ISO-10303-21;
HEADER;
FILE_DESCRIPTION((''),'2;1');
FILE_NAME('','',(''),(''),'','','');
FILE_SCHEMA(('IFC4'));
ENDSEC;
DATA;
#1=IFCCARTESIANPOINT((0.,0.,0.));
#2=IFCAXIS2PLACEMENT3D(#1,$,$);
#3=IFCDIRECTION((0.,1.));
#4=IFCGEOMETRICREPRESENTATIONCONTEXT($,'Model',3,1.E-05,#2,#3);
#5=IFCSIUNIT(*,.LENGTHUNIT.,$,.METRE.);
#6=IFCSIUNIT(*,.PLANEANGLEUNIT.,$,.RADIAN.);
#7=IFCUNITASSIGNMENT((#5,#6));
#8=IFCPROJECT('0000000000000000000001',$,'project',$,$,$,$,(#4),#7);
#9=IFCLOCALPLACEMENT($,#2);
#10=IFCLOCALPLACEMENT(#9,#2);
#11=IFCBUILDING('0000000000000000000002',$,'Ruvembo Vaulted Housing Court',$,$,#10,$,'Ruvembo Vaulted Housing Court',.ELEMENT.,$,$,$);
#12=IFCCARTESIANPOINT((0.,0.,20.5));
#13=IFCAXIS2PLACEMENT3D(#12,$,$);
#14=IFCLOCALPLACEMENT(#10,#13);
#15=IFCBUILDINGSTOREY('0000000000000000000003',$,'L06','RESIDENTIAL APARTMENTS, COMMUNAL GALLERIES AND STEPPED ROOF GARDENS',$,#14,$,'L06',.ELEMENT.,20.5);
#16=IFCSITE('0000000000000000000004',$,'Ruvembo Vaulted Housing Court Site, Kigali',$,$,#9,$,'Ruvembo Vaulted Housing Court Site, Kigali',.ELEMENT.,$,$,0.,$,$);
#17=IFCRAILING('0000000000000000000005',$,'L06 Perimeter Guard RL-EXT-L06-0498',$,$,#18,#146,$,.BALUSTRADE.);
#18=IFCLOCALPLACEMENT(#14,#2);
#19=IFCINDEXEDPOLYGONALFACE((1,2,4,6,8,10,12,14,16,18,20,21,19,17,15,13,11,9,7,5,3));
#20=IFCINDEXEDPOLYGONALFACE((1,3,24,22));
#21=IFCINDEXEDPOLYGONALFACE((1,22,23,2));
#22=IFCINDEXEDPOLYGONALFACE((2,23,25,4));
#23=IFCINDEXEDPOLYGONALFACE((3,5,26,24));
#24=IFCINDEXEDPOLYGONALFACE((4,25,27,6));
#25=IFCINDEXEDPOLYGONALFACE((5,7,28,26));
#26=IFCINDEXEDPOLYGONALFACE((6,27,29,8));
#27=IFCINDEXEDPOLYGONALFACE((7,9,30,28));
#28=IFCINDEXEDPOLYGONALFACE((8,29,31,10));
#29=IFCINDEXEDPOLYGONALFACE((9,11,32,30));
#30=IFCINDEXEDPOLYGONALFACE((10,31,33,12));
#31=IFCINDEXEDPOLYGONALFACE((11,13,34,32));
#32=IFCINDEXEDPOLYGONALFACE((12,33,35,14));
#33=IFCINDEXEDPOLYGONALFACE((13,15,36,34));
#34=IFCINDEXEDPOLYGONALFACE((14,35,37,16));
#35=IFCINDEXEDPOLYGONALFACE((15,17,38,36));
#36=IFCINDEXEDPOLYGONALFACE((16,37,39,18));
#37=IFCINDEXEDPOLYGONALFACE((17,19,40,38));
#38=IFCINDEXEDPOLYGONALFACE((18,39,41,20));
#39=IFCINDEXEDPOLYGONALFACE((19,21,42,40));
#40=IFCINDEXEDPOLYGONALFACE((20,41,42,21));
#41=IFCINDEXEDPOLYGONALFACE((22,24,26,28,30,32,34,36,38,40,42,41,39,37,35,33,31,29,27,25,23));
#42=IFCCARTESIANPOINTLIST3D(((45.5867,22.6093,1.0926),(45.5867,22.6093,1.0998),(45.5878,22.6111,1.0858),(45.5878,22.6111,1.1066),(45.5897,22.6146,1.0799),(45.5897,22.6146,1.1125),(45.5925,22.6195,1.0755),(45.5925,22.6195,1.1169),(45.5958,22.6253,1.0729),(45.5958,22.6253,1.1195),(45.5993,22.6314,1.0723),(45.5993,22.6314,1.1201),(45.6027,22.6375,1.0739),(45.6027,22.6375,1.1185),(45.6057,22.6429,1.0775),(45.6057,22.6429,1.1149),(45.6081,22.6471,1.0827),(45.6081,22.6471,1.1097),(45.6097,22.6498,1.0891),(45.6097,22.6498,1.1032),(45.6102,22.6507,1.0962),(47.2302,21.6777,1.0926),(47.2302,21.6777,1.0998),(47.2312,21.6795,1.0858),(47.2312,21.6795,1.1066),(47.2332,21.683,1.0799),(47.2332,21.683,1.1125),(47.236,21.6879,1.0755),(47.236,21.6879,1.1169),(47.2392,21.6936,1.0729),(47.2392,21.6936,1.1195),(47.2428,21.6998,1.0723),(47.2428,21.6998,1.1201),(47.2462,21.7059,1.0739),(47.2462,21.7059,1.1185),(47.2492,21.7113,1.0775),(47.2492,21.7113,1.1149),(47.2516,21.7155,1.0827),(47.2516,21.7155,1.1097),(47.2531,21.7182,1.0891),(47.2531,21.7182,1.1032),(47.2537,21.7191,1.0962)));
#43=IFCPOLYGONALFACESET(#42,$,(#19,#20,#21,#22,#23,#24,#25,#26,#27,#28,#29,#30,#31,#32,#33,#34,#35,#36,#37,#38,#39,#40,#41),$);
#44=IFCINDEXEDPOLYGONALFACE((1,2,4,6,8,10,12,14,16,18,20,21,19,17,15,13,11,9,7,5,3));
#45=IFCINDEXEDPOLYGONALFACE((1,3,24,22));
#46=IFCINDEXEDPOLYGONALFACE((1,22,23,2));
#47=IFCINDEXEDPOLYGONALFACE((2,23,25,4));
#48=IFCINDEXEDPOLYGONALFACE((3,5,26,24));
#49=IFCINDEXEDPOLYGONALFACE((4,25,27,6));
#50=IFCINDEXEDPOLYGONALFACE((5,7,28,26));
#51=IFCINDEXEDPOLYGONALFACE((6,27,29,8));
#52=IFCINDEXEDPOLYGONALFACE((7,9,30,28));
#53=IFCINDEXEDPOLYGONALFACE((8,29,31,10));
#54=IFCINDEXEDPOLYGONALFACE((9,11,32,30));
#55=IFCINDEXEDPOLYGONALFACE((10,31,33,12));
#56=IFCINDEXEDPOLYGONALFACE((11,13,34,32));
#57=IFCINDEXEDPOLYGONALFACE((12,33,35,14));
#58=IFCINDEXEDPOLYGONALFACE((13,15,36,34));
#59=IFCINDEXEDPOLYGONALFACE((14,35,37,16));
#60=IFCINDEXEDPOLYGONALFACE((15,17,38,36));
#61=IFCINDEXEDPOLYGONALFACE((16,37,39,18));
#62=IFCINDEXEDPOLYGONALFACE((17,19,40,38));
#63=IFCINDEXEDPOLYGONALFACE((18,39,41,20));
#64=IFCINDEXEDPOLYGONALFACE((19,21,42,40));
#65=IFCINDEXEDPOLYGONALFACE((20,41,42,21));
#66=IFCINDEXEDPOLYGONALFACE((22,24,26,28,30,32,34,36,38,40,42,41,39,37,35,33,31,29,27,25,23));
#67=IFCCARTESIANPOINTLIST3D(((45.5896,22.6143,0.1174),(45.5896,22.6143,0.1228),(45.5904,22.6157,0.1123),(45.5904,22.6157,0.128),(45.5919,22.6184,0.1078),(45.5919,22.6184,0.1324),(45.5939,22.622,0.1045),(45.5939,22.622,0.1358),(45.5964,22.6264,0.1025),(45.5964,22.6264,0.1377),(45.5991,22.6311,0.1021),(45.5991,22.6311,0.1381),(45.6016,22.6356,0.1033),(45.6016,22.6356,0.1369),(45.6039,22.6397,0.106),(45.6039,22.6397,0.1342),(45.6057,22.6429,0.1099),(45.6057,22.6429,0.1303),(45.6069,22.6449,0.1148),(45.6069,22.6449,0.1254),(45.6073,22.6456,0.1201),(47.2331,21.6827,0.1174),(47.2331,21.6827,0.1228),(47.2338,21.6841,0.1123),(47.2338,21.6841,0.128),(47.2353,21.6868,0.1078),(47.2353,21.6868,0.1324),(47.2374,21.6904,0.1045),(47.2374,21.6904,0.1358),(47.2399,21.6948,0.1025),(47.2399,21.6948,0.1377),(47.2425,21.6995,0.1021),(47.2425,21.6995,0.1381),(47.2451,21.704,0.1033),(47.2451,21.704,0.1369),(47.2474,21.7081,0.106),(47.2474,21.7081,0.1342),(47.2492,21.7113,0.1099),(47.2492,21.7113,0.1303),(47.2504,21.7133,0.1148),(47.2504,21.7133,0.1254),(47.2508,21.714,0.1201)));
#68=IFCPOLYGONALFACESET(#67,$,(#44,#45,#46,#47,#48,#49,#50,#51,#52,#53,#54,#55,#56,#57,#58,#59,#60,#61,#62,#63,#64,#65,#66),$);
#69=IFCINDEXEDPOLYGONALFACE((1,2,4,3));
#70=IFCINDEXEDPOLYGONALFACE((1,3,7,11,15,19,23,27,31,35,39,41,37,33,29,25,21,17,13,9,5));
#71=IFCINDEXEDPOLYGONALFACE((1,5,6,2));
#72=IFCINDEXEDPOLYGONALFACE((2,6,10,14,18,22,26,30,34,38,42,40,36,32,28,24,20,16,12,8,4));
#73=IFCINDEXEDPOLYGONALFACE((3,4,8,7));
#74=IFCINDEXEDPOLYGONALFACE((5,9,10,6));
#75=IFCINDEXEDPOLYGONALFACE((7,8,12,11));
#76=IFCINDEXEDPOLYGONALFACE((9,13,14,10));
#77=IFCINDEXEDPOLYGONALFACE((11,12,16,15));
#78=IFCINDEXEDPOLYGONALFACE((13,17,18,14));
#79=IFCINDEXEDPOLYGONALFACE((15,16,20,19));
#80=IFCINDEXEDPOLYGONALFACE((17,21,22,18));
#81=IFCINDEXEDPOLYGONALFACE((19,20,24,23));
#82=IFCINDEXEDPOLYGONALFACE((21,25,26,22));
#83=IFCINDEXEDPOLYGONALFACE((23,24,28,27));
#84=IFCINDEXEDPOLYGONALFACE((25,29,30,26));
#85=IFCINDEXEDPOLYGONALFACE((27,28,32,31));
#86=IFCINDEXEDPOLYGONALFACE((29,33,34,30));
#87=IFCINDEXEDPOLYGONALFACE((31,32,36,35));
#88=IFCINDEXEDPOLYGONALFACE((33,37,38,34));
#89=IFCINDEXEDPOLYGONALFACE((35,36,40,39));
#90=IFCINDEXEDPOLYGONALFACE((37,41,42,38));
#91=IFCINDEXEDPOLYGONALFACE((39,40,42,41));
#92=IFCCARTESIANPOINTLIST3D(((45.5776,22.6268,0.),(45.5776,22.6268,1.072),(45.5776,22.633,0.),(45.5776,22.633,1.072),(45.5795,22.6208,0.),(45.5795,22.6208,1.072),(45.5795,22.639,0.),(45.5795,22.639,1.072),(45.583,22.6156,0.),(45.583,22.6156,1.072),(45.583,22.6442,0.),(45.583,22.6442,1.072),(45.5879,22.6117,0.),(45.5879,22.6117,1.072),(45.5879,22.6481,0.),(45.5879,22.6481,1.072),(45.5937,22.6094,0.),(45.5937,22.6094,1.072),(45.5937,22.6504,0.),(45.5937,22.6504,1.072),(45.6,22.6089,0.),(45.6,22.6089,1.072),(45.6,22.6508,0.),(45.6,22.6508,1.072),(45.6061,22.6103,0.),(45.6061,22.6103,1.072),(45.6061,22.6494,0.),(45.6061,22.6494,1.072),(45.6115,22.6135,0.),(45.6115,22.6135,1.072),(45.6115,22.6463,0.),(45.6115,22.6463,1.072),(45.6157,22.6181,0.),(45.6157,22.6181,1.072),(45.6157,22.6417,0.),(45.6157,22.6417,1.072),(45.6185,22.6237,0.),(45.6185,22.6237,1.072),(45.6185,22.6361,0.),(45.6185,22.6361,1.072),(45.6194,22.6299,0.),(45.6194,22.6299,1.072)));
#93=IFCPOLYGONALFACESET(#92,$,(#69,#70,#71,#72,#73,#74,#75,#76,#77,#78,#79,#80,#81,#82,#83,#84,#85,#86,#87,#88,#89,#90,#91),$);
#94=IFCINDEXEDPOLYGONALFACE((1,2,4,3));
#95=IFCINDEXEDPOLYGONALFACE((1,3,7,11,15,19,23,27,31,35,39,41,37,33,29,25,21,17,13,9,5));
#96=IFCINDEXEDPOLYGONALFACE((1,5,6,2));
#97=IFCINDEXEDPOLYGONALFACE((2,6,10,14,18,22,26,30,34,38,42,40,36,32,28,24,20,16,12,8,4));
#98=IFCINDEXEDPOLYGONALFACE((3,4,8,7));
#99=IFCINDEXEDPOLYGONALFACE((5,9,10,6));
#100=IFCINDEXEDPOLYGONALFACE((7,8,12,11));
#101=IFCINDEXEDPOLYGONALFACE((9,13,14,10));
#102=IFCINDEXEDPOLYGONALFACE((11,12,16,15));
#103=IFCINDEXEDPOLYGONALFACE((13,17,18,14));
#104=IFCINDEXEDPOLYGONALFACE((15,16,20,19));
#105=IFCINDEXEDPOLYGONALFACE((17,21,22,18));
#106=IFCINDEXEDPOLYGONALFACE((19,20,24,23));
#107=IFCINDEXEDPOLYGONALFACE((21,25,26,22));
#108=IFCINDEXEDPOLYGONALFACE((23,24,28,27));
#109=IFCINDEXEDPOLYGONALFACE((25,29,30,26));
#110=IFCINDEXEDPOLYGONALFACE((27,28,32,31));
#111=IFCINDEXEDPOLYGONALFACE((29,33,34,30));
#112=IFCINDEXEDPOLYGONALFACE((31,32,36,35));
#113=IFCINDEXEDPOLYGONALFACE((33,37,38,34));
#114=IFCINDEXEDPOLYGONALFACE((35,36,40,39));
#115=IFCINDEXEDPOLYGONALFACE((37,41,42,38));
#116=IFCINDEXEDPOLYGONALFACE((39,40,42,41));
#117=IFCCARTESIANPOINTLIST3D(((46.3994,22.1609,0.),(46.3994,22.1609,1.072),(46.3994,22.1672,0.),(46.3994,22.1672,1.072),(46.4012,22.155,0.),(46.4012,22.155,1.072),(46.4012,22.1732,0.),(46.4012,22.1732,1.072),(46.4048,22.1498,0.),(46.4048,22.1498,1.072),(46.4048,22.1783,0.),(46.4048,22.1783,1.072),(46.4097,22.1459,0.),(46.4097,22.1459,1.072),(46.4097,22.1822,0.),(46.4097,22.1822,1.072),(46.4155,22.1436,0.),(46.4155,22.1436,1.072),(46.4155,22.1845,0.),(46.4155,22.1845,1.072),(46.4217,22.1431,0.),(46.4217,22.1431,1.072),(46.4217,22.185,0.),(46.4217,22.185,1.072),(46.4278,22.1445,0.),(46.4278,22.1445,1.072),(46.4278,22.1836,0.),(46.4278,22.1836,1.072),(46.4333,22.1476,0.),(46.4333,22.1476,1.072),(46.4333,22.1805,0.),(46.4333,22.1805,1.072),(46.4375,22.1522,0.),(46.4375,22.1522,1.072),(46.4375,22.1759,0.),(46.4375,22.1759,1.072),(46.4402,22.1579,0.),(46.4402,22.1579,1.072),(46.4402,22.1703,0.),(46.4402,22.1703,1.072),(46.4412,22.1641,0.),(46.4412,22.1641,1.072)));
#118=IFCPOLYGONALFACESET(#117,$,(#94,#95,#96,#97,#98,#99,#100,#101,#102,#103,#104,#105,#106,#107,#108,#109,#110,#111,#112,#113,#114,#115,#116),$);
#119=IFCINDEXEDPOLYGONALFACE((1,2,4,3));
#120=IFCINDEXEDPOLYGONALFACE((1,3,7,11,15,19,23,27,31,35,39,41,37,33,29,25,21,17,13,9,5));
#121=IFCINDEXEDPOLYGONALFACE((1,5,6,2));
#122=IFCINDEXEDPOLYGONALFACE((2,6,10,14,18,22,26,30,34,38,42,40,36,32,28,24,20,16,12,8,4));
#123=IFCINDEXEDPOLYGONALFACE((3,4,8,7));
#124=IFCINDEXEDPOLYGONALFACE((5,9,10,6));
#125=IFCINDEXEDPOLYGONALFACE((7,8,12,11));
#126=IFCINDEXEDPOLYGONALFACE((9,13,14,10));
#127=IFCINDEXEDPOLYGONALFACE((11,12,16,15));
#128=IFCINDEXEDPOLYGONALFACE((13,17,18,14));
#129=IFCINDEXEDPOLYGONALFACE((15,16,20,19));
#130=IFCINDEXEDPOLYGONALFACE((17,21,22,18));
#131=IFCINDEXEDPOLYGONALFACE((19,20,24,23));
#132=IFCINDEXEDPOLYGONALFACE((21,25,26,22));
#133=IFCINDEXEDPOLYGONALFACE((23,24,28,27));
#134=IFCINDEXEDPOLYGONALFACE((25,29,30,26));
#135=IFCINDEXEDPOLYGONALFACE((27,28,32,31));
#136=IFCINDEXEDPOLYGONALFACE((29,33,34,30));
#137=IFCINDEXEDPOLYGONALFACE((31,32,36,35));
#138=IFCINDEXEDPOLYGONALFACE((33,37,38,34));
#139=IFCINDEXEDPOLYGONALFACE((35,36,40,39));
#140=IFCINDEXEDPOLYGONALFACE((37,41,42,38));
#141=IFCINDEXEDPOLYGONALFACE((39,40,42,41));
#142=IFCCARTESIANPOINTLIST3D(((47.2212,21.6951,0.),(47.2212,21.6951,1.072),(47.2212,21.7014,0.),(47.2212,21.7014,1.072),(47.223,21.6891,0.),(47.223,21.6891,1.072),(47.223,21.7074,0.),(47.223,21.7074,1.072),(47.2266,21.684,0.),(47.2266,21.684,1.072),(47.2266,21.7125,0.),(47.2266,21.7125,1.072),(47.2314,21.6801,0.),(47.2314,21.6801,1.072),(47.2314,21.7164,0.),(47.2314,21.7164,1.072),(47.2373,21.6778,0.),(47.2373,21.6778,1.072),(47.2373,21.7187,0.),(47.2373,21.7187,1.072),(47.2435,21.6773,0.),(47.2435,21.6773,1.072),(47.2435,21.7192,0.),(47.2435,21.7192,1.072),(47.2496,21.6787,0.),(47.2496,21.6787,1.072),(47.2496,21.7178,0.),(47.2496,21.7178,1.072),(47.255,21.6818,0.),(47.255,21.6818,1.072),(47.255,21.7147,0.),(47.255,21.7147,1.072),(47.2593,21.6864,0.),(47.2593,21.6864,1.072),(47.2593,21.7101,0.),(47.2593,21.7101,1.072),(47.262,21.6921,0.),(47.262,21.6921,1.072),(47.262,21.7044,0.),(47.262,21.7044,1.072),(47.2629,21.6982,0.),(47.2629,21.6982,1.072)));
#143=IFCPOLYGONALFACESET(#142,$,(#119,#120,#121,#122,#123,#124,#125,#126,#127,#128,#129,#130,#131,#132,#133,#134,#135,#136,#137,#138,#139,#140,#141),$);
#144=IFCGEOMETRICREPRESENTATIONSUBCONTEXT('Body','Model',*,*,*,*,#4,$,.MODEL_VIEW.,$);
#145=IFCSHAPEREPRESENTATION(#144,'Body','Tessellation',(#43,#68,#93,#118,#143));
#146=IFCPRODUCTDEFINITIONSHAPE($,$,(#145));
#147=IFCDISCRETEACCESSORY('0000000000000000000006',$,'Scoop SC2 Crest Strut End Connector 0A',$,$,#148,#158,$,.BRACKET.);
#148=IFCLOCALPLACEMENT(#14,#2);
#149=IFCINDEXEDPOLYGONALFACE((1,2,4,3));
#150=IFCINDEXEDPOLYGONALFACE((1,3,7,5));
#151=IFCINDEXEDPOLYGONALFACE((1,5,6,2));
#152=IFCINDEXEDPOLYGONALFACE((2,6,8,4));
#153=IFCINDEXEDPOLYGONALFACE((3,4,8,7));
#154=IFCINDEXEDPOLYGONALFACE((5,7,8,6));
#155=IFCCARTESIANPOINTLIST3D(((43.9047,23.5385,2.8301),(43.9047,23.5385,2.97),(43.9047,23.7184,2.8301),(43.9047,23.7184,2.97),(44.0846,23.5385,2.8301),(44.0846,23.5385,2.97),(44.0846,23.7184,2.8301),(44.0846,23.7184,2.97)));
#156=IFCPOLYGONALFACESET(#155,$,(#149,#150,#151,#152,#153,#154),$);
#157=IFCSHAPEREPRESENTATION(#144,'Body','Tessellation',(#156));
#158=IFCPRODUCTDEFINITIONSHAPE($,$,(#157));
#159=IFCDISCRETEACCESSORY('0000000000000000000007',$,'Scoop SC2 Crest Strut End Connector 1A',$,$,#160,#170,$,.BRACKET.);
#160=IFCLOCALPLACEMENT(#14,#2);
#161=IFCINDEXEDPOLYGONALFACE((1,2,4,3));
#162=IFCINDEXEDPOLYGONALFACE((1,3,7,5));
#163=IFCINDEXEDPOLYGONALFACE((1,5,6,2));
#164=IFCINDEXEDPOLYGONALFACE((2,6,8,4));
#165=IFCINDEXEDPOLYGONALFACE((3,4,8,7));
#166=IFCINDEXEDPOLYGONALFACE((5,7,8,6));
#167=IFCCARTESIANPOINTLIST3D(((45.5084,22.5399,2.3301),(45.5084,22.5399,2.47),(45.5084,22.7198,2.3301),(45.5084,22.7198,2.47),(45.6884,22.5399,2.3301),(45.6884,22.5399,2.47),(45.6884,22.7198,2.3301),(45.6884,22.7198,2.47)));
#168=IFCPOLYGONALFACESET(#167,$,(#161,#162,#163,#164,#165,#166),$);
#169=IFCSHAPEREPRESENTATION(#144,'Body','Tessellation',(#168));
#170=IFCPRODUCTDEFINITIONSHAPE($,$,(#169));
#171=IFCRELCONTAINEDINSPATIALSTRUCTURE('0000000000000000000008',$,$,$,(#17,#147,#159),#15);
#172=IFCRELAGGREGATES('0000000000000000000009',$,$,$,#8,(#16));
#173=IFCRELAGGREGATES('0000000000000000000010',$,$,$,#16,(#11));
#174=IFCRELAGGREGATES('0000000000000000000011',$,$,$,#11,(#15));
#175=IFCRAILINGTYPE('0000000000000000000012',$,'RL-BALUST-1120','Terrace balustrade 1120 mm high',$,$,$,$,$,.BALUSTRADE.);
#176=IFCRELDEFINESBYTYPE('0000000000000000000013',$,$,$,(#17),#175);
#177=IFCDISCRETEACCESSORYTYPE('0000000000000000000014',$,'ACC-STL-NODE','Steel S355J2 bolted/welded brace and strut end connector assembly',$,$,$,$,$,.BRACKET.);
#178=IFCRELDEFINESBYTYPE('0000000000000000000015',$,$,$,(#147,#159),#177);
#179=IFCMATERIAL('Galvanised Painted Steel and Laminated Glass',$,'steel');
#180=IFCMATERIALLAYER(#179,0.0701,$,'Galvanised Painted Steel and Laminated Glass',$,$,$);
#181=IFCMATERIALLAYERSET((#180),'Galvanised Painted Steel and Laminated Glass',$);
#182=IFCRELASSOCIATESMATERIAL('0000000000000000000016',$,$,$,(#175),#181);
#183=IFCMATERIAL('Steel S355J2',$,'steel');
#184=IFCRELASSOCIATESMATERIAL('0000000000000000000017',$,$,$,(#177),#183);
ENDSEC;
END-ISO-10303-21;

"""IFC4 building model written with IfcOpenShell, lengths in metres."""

from ifc_helpers import new_model, si_unit, direction, frame, origin, origin_2d, place, context, subcontext, project, spatial, rectangle, circle, extrude, material, layer, layer_set, type_object, element, save


model = new_model("IFC4")

# Units and contexts
model_context = context("Model", 3, precision=1e-05, world=origin(), true_north=direction((0.0, 1.0)))
body_context = subcontext(model_context, "Body", "Model", "MODEL_VIEW")
ifc_project = project(units=[si_unit("LENGTHUNIT", "METRE"), si_unit("PLANEANGLEUNIT", "RADIAN")], contexts=[model_context])

# Site, building, storey
site_placement = place(None, origin())
site = spatial("IfcSite", under=ifc_project, at=site_placement, Name="Ruvembo Vaulted Housing Court Site, Kigali", LongName="Ruvembo Vaulted Housing Court Site, Kigali", CompositionType="ELEMENT", RefElevation=0.0)
building_placement = place(site_placement, origin())
building = spatial("IfcBuilding", under=site, at=building_placement, Name="Ruvembo Vaulted Housing Court", LongName="Ruvembo Vaulted Housing Court", CompositionType="ELEMENT")
storey_placement = place(building_placement, frame((0.0, 0.0, 20.5)))
storey = spatial("IfcBuildingStorey", under=building, at=storey_placement, Name="L06", Description="RESIDENTIAL APARTMENTS, COMMUNAL GALLERIES AND STEPPED ROOF GARDENS", LongName="L06", CompositionType="ELEMENT", Elevation=20.5)

# Shared definitions
ifc_material_1 = material(Name="Steel S355J2", Category="steel")

# Railing
ifc_material_2 = material(Name="Galvanised Painted Steel and Laminated Glass", Category="steel")
ifc_layer_1 = layer(ifc_material_2, 0.0701, Name="Galvanised Painted Steel and Laminated Glass")
ifc_layer_set_1 = layer_set([ifc_layer_1], Name="Galvanised Painted Steel and Laminated Glass")
railing_type = type_object("IfcRailingType", Name="RL-BALUST-1120", Description="Terrace balustrade 1120 mm high", PredefinedType="BALUSTRADE", material=ifc_layer_set_1)
railing_1_placement = place(storey_placement, frame((45.5984, 22.6299, 0.0)))
element("IfcRailing", 1, at=railing_1_placement, inside=storey, type_object=railing_type, Name="L06 Perimeter Guard RL-EXT-L06-0498", PredefinedType="BALUSTRADE", context=body_context, shape_type="SweptSolid", body=[
    extrude(circle(Radius=0.0239, at=origin_2d()), frame((0.0, 0.0, 1.0962), z_axis=(0.869956, -0.49313, 0.0), x_axis=(0.49313, 0.869956, 0.0)), (0.0, 0.0, 1.0), 1.8892),
    extrude(circle(Radius=0.0181, at=origin_2d()), frame((0.0, 0.0, 0.1201), z_axis=(0.869956, -0.49313, 0.0), x_axis=(0.49313, 0.869956, 0.0)), (0.0, 0.0, 1.0), 1.8892),
    extrude(circle(Radius=0.021, at=origin_2d()), origin(), (0.0, 0.0, 1.0), 1.072),
    extrude(circle(Radius=0.021, at=origin_2d()), frame((0.8218, -0.4658, 0.0)), (0.0, 0.0, 1.0), 1.072),
    extrude(circle(Radius=0.021, at=origin_2d()), frame((1.6436, -0.9316, 0.0)), (0.0, 0.0, 1.0), 1.072),
])

# Discrete accessories
discrete_accessory_type = type_object("IfcDiscreteAccessoryType", Name="ACC-STL-NODE", Description="Steel S355J2 bolted/welded brace and strut end connector assembly", PredefinedType="BRACKET", material=ifc_material_1)
for number, where, z_axis, x_axis, name in (
    (2, (43.9946, 23.6284, 2.8301), (0.0, 0.0, 1.0), (1.0, 0.0, 0.0), "Scoop SC2 Crest Strut End Connector 0A"),
    (3, (45.5984, 22.6299, 2.3301), (0.0, 0.0, 1.0), (1.0, 0.0, 0.0), "Scoop SC2 Crest Strut End Connector 1A"),
):
    element("IfcDiscreteAccessory", number, at=place(storey_placement, frame(where, z_axis=z_axis, x_axis=x_axis)), inside=storey, type_object=discrete_accessory_type, Name=name, PredefinedType="BRACKET", context=body_context, shape_type="SweptSolid", body=[
        extrude(rectangle(XDim=0.1799, YDim=0.1799, at=origin_2d()), origin(), (0.0, 0.0, 1.0), 0.1399),
    ])

save(model, "model.ifc")
